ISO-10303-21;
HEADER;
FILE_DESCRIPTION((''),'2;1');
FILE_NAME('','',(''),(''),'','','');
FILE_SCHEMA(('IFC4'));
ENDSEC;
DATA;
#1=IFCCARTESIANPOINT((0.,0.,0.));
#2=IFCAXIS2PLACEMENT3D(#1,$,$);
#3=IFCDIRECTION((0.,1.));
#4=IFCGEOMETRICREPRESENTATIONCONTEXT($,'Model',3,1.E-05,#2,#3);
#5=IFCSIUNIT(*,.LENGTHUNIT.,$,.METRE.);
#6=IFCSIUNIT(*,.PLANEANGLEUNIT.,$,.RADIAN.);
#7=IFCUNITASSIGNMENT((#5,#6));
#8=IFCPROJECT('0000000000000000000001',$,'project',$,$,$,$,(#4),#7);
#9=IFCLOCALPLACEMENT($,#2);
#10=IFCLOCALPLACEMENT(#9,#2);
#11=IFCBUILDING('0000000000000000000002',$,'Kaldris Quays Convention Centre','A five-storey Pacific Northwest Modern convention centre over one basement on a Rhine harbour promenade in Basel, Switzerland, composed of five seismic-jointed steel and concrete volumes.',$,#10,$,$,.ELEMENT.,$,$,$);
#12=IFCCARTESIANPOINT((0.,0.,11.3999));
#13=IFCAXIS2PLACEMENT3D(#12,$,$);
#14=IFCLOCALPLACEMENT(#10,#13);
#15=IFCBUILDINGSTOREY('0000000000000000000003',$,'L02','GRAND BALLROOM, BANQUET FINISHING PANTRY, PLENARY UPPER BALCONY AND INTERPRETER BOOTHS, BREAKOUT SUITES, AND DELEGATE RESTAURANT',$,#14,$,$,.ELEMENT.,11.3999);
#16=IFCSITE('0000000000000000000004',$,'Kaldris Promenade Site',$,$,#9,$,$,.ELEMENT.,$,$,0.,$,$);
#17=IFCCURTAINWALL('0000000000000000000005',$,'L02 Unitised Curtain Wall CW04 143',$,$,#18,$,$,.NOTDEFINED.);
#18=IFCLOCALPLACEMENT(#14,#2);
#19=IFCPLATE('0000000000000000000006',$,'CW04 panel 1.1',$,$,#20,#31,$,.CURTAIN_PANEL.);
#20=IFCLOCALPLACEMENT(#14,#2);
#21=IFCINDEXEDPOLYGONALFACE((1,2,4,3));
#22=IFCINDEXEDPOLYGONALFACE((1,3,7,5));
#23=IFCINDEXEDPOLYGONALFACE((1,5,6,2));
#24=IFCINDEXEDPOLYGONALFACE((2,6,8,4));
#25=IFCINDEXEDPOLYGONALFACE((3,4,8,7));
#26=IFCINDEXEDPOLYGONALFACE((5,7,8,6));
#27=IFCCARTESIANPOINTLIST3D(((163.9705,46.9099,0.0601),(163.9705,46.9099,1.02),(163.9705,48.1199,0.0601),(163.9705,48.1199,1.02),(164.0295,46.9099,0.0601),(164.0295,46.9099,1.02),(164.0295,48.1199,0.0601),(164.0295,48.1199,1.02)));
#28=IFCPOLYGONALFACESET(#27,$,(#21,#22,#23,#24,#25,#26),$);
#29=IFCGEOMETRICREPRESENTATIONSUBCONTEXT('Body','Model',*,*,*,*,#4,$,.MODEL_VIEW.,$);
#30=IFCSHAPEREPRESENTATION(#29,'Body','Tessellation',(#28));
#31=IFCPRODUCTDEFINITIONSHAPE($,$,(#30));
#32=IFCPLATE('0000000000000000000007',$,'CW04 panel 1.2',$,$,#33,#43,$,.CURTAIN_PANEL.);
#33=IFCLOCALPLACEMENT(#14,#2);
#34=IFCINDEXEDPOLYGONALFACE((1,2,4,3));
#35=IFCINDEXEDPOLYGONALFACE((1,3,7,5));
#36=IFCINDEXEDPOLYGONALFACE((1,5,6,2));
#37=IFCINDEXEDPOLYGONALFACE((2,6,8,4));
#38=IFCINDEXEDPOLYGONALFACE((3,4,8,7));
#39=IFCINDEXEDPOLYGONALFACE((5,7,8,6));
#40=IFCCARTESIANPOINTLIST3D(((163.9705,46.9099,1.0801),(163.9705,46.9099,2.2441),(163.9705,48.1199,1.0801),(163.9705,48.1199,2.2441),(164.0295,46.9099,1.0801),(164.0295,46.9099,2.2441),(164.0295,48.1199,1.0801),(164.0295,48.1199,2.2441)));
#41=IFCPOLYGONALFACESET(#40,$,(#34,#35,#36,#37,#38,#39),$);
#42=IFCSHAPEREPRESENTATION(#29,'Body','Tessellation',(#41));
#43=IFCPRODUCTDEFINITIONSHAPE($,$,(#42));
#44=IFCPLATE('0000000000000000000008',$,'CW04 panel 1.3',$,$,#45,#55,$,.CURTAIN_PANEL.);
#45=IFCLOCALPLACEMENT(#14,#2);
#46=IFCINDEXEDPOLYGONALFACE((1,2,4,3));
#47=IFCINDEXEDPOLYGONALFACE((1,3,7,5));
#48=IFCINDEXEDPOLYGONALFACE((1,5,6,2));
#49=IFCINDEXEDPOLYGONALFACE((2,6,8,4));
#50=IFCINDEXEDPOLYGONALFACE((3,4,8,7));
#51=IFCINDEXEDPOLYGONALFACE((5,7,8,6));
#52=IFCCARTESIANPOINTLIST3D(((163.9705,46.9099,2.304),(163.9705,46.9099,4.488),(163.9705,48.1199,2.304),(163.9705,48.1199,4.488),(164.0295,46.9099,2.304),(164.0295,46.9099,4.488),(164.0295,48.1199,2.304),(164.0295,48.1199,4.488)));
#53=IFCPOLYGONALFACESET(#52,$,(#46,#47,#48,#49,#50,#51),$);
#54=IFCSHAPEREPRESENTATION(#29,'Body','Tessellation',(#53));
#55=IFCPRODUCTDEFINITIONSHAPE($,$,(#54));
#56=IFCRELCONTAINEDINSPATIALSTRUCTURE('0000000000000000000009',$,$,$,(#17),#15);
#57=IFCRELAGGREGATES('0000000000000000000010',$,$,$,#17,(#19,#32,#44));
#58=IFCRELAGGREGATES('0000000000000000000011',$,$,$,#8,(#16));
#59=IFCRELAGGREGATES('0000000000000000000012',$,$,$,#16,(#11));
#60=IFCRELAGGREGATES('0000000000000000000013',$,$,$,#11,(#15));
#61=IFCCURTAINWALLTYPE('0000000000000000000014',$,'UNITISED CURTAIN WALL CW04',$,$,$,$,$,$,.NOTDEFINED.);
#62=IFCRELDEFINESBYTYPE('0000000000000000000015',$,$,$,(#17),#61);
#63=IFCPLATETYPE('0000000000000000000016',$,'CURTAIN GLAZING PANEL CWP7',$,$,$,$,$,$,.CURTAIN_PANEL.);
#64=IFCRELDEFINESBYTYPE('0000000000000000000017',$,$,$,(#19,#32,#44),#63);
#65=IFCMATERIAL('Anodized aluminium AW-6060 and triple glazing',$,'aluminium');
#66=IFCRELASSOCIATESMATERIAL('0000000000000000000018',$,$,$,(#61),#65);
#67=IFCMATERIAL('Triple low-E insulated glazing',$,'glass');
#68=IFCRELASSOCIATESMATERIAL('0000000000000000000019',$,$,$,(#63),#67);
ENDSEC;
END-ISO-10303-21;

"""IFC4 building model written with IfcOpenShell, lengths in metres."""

from ifc_helpers import new_model, si_unit, direction, frame, origin, origin_2d, place, context, subcontext, project, spatial, rectangle, extrude, material, type_object, element, aggregate, save


model = new_model("IFC4")

# Units and contexts
model_context = context("Model", 3, precision=1e-05, world=origin(), true_north=direction((0.0, 1.0)))
body_context = subcontext(model_context, "Body", "Model", "MODEL_VIEW")
ifc_project = project(units=[si_unit("LENGTHUNIT", "METRE"), si_unit("PLANEANGLEUNIT", "RADIAN")], contexts=[model_context])

# Site, building, storey
site_placement = place(None, origin())
site = spatial("IfcSite", under=ifc_project, at=site_placement, Name="Kaldris Promenade Site", CompositionType="ELEMENT", RefElevation=0.0)
building_placement = place(site_placement, origin())
building = spatial("IfcBuilding", under=site, at=building_placement, Name="Kaldris Quays Convention Centre", Description="A five-storey Pacific Northwest Modern convention centre over one basement on a Rhine harbour promenade in Basel, Switzerland, composed of five seismic-jointed steel and concrete volumes.", CompositionType="ELEMENT")
storey_placement = place(building_placement, frame((0.0, 0.0, 11.3999)))
storey = spatial("IfcBuildingStorey", under=building, at=storey_placement, Name="L02", Description="GRAND BALLROOM, BANQUET FINISHING PANTRY, PLENARY UPPER BALCONY AND INTERPRETER BOOTHS, BREAKOUT SUITES, AND DELEGATE RESTAURANT", CompositionType="ELEMENT", Elevation=11.3999)

# Curtain wall
ifc_material_1 = material(Name="Anodized aluminium AW-6060 and triple glazing", Category="aluminium")
curtain_wall_type = type_object("IfcCurtainWallType", Name="UNITISED CURTAIN WALL CW04", PredefinedType="NOTDEFINED", material=ifc_material_1)
curtain_wall_1_placement = place(storey_placement, origin())
curtain_wall_1 = element("IfcCurtainWall", 1, at=curtain_wall_1_placement, inside=storey, type_object=curtain_wall_type, Name="L02 Unitised Curtain Wall CW04 143", PredefinedType="NOTDEFINED")

# Plates
ifc_material_2 = material(Name="Triple low-E insulated glazing", Category="glass")
plate_type_1 = type_object("IfcPlateType", Name="CURTAIN GLAZING PANEL CWP7", PredefinedType="CURTAIN_PANEL", material=ifc_material_2)
plate_1_placement = place(storey_placement, frame((164.0, 47.5149, 0.0601), z_axis=(0.0, 0.0, 1.0), x_axis=(0.0, 1.0, 0.0)))
plate_1 = element("IfcPlate", 2, at=plate_1_placement, type_object=plate_type_1, Name="CW04 panel 1.1", PredefinedType="CURTAIN_PANEL", context=body_context, shape_type="SweptSolid", body=[
    extrude(rectangle(XDim=1.21, YDim=0.0591, at=origin_2d()), origin(), (0.0, 0.0, 1.0), 0.96),
])
plate_2_placement = place(storey_placement, frame((164.0, 47.5149, 1.0801), z_axis=(0.0, 0.0, 1.0), x_axis=(0.0, 1.0, 0.0)))
plate_2 = element("IfcPlate", 3, at=plate_2_placement, type_object=plate_type_1, Name="CW04 panel 1.2", PredefinedType="CURTAIN_PANEL", context=body_context, shape_type="SweptSolid", body=[
    extrude(rectangle(XDim=1.21, YDim=0.0591, at=origin_2d()), origin(), (0.0, 0.0, 1.0), 1.1641),
])
plate_3_placement = place(storey_placement, frame((164.0, 47.5149, 2.304), z_axis=(0.0, 0.0, 1.0), x_axis=(0.0, 1.0, 0.0)))
plate_3 = element("IfcPlate", 4, at=plate_3_placement, type_object=plate_type_1, Name="CW04 panel 1.3", PredefinedType="CURTAIN_PANEL", context=body_context, shape_type="SweptSolid", body=[
    extrude(rectangle(XDim=1.21, YDim=0.0591, at=origin_2d()), origin(), (0.0, 0.0, 1.0), 2.1841),
])
aggregate(curtain_wall_1, [plate_1, plate_2, plate_3])

save(model, "model.ifc")
